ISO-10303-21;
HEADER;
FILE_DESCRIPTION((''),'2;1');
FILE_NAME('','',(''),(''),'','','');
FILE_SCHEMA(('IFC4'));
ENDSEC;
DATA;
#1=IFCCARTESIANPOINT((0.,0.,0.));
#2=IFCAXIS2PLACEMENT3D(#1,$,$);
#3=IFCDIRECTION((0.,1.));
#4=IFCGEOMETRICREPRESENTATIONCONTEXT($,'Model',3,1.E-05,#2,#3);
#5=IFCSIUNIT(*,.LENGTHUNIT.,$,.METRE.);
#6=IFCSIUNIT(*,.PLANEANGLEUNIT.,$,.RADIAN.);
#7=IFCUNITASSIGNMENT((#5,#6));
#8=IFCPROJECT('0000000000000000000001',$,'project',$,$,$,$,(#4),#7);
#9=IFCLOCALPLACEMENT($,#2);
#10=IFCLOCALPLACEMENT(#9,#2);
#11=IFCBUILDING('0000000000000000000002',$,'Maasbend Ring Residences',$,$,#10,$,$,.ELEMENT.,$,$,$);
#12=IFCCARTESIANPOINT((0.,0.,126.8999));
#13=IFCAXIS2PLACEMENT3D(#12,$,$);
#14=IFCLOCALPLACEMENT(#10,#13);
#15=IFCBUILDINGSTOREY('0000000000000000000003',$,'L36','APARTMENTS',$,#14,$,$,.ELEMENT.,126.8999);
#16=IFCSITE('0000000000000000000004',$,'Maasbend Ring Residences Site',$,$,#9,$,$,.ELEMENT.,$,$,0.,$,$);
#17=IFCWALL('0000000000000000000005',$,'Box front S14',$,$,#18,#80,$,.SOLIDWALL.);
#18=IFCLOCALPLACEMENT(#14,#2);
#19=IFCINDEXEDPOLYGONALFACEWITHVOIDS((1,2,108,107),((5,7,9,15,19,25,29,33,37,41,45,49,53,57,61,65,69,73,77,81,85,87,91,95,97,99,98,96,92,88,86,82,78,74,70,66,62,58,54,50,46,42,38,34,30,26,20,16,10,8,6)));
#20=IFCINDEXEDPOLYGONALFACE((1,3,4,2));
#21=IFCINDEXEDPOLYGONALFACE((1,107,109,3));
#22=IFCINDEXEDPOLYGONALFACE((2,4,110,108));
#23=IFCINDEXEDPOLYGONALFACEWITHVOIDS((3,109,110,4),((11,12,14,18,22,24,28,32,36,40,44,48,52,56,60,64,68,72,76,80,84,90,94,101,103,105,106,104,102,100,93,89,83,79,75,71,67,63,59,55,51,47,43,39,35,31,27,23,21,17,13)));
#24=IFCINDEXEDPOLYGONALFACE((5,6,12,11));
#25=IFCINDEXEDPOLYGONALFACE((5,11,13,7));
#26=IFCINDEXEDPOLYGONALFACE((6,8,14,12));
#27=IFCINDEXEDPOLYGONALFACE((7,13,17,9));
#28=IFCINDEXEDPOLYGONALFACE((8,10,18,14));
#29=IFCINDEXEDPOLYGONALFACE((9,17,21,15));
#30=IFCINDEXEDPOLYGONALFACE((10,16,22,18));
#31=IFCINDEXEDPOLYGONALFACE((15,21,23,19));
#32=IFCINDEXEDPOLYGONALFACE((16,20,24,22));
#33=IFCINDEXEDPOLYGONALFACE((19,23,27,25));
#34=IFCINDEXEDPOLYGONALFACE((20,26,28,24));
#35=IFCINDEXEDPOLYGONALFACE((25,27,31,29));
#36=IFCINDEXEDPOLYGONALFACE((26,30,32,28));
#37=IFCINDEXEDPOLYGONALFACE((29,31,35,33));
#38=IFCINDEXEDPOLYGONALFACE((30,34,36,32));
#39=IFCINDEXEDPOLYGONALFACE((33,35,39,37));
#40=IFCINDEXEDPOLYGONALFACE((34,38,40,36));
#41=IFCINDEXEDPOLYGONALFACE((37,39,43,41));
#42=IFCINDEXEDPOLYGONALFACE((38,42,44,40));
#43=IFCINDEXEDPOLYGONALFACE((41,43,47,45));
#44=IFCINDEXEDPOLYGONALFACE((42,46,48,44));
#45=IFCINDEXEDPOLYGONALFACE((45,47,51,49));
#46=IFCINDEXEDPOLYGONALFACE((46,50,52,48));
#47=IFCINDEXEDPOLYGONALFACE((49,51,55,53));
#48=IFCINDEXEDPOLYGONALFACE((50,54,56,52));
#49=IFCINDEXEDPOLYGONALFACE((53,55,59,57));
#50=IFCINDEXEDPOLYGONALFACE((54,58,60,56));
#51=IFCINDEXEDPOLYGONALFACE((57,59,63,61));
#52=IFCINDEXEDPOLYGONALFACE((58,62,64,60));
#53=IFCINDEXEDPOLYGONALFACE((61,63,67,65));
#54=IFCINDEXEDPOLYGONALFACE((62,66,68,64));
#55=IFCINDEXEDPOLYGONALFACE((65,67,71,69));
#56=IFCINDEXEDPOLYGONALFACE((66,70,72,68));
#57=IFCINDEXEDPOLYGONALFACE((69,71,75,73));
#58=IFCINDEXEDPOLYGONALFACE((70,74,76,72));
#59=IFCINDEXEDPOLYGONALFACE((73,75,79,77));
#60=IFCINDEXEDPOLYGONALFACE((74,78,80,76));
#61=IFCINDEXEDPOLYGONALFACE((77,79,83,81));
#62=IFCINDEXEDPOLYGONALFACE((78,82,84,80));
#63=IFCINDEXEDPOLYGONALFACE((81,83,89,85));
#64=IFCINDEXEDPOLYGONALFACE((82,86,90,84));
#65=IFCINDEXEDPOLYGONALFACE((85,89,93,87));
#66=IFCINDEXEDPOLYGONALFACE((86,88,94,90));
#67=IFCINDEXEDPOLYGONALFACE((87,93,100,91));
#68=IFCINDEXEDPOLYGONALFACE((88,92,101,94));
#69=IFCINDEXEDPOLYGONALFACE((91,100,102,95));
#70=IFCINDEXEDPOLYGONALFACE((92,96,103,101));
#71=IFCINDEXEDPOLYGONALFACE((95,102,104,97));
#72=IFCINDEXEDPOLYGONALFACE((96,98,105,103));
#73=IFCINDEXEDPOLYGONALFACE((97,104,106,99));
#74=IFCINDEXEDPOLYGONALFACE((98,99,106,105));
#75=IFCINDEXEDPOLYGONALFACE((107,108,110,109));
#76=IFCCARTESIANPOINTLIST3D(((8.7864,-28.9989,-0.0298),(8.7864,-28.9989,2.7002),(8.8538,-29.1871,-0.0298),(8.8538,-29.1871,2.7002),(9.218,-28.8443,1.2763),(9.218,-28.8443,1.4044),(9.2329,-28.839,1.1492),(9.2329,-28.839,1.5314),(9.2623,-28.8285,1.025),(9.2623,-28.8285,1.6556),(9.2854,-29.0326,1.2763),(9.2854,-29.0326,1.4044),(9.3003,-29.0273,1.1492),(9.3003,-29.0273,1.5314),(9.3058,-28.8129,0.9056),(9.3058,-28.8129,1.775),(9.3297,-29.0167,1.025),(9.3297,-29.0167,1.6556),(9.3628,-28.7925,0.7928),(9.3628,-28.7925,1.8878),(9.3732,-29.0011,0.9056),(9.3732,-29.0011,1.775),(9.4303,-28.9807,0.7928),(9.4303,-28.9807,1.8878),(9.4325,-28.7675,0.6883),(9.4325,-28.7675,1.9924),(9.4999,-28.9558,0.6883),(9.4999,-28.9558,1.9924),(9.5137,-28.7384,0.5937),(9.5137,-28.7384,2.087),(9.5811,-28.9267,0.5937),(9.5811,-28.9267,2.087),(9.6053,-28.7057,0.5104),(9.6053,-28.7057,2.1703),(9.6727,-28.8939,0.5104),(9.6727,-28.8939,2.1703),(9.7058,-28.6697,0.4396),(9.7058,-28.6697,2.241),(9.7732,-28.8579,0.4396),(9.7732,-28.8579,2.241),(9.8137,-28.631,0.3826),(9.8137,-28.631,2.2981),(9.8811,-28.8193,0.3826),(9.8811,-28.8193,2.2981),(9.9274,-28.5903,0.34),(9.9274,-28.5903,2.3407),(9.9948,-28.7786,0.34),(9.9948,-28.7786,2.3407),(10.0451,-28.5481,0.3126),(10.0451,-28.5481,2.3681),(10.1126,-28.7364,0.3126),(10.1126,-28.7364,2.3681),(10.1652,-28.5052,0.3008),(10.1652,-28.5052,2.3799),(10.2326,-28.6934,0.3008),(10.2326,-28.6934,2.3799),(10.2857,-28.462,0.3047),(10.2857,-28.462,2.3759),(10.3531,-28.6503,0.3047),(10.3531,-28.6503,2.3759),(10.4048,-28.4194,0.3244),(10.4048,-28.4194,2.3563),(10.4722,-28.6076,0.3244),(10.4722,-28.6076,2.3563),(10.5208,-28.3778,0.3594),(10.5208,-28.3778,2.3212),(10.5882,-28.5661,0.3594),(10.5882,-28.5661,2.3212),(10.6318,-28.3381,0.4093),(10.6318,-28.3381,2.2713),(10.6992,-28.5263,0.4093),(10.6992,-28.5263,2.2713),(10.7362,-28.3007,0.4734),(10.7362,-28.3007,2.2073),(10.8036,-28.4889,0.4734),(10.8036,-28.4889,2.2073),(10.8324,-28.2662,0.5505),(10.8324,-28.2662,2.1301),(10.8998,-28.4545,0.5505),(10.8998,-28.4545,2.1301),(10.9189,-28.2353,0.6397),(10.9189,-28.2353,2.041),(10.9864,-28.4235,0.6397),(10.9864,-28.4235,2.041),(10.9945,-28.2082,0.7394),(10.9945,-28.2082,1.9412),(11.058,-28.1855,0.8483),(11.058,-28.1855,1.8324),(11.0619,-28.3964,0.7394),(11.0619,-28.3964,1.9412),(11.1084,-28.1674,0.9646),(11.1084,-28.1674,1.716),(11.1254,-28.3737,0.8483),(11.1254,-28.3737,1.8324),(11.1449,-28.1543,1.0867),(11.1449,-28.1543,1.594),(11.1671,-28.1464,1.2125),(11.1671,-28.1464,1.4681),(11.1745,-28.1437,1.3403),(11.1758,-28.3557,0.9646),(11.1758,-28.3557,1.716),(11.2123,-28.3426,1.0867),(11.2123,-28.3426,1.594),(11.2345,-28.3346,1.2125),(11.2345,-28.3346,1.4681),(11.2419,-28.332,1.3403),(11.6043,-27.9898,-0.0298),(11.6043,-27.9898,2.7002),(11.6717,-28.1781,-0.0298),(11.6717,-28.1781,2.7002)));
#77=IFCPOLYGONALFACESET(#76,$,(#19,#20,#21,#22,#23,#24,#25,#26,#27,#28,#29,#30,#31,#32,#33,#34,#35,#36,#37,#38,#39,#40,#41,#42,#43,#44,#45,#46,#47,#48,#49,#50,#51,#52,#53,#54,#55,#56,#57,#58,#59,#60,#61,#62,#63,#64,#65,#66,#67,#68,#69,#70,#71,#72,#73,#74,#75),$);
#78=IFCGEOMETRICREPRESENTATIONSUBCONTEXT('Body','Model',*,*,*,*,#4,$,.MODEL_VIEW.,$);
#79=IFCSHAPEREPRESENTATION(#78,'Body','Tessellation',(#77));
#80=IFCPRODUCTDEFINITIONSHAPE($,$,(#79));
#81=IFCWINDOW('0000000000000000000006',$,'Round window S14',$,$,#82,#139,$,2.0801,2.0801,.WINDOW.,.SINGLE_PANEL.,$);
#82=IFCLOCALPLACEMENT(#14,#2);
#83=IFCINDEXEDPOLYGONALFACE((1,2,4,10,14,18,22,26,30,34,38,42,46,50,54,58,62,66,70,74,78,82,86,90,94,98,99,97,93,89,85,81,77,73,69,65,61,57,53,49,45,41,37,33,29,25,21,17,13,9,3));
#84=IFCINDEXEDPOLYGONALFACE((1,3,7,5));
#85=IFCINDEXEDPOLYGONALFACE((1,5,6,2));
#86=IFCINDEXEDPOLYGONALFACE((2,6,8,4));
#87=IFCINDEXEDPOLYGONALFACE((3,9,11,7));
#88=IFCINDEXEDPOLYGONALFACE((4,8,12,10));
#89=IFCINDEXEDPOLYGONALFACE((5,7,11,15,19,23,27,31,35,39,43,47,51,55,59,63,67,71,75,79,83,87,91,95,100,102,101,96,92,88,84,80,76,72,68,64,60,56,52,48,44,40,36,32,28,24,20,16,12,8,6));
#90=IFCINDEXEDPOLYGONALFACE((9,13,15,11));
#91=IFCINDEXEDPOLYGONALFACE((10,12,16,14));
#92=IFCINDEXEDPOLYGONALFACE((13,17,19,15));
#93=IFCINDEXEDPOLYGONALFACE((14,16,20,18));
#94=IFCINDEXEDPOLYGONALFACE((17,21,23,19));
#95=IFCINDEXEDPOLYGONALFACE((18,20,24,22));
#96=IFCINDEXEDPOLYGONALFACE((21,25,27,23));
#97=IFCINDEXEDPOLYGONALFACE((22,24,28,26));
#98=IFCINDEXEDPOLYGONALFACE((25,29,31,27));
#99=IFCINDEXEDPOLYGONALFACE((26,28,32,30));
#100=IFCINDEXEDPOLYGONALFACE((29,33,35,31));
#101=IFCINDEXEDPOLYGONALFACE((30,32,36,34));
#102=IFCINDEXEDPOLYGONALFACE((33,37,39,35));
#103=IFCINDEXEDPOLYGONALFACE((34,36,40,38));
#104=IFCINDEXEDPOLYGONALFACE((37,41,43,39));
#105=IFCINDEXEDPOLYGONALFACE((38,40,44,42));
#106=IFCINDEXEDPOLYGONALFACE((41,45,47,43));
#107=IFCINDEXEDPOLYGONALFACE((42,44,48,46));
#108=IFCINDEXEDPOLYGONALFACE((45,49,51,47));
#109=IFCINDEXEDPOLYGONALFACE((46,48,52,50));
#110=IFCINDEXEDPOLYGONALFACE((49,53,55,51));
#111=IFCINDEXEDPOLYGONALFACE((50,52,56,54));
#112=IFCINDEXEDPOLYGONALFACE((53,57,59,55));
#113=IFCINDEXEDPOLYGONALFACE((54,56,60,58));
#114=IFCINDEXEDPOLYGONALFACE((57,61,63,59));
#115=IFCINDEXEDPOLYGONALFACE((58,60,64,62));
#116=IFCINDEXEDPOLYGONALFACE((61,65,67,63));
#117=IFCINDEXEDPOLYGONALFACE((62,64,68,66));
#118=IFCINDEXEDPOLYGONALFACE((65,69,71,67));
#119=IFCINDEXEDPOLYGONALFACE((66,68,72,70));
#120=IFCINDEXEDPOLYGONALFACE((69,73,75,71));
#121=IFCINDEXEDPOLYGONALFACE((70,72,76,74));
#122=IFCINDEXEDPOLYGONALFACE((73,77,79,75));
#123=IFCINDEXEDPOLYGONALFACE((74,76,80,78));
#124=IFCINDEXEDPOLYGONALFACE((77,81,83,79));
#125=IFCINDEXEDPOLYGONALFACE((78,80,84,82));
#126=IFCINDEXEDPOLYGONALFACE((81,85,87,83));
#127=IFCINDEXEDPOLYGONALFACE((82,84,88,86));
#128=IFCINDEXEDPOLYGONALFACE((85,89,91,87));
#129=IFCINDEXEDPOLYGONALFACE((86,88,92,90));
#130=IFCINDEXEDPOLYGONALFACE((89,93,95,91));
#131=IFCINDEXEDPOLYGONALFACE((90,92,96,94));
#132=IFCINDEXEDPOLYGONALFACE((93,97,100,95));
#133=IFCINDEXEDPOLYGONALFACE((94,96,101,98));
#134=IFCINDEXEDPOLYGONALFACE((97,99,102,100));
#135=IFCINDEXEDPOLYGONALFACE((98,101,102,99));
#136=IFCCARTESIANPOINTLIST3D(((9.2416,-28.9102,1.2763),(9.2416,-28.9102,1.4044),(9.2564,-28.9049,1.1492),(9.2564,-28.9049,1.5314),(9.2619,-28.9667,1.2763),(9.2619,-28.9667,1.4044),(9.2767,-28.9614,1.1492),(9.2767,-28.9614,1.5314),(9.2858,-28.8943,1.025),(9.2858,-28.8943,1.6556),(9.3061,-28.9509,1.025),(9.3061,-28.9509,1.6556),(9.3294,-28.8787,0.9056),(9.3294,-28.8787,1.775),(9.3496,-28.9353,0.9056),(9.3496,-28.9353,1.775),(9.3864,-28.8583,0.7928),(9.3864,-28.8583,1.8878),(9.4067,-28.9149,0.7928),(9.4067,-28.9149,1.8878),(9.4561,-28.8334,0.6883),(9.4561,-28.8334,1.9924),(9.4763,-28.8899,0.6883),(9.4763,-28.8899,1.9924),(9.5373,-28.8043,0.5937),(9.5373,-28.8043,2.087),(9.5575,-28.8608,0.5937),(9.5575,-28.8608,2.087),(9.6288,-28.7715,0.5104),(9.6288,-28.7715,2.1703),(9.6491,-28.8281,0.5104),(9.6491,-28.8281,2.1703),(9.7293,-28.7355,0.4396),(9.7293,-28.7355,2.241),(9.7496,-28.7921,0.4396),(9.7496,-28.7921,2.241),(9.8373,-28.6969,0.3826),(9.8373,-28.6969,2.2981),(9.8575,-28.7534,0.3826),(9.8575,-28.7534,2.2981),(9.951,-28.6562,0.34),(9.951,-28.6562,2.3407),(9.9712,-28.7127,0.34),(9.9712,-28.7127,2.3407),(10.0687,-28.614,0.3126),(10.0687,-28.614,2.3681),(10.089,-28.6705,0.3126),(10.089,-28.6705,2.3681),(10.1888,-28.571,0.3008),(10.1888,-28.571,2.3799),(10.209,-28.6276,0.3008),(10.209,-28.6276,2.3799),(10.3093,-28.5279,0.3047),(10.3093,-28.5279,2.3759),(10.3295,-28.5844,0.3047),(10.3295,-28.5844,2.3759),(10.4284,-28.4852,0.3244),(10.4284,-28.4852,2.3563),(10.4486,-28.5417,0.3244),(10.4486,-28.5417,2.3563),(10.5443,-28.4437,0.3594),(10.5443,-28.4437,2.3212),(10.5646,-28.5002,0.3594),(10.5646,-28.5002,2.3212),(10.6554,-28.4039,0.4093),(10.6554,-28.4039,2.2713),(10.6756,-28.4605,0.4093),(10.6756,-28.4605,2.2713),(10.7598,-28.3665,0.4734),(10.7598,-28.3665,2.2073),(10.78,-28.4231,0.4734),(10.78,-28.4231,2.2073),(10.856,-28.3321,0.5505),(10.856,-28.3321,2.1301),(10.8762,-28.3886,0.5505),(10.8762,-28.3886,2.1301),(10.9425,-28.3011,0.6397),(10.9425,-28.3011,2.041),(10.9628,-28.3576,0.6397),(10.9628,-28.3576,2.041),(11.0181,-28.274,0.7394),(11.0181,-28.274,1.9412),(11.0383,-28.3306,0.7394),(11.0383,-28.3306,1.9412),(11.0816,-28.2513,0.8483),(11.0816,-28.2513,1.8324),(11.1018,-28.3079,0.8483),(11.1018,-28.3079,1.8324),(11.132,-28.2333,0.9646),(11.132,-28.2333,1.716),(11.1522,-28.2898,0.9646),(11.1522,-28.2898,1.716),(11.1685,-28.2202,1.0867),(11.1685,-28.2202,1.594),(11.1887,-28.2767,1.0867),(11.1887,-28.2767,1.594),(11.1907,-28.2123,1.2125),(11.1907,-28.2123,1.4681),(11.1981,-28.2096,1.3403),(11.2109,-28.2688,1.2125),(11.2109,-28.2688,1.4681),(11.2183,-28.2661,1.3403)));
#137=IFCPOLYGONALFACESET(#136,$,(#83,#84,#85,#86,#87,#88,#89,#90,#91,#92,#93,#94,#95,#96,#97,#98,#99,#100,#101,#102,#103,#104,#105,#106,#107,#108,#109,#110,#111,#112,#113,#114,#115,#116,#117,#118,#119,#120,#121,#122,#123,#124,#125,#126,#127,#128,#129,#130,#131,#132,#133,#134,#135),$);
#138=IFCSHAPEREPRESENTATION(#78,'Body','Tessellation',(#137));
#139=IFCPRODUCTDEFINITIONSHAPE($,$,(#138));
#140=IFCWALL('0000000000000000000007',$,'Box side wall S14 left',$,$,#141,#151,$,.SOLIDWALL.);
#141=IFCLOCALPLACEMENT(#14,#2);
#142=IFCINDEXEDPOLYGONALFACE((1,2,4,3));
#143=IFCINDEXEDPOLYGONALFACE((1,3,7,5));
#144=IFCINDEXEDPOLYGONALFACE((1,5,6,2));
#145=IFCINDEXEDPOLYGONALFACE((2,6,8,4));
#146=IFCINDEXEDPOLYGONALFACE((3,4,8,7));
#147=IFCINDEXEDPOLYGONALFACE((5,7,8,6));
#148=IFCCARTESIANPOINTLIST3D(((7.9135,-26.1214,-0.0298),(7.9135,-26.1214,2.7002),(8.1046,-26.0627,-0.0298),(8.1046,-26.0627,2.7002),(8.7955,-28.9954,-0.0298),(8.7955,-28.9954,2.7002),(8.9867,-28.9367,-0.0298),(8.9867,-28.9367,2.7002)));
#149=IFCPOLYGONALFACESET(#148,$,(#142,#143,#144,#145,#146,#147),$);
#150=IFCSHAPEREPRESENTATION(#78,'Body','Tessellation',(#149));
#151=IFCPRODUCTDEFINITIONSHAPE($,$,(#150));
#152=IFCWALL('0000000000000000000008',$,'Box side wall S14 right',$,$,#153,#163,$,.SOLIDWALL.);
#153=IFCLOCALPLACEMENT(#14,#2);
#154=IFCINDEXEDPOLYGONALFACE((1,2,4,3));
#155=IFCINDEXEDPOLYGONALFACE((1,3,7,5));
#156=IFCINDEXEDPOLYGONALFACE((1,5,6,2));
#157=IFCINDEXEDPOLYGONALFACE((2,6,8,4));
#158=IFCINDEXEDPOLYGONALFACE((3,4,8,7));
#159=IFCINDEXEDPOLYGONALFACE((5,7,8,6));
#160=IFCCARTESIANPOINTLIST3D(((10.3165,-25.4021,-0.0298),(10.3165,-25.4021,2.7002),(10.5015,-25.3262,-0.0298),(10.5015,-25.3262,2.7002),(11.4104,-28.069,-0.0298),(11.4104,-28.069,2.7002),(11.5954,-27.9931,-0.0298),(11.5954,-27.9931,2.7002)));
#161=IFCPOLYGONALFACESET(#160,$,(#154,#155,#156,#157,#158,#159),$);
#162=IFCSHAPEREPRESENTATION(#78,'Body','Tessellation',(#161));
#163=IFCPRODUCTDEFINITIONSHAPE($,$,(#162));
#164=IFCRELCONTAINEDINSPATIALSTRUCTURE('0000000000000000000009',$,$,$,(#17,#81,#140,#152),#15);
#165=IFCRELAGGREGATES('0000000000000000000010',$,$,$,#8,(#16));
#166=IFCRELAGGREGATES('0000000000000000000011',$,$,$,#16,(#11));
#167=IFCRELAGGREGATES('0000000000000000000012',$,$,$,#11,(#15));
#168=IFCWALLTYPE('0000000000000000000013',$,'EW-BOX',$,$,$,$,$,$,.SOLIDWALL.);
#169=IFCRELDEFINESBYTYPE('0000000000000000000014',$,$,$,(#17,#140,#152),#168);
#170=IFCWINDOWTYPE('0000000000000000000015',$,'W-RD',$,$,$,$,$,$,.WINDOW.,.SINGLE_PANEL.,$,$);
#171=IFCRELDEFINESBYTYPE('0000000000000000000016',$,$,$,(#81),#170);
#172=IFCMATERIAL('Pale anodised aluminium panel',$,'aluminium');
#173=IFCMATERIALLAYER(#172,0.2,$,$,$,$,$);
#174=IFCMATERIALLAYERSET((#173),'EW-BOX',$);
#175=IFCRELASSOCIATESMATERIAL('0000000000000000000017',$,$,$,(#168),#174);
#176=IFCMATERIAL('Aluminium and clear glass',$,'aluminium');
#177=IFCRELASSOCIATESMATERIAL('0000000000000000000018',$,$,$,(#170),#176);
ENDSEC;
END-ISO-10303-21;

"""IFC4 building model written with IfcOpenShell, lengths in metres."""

from ifc_helpers import new_model, si_unit, direction, frame, frame_2d, origin, place, context, subcontext, project, spatial, rectangle, circle, extrude, material, layer, layer_set, type_object, element, fill, save


model = new_model("IFC4")

# Units and contexts
model_context = context("Model", 3, precision=1e-05, world=origin(), true_north=direction((0.0, 1.0)))
body_context = subcontext(model_context, "Body", "Model", "MODEL_VIEW")
ifc_project = project(units=[si_unit("LENGTHUNIT", "METRE"), si_unit("PLANEANGLEUNIT", "RADIAN")], contexts=[model_context])

# Site, building, storey
site_placement = place(None, origin())
site = spatial("IfcSite", under=ifc_project, at=site_placement, Name="Maasbend Ring Residences Site", CompositionType="ELEMENT", RefElevation=0.0)
building_placement = place(site_placement, origin())
building = spatial("IfcBuilding", under=site, at=building_placement, Name="Maasbend Ring Residences", CompositionType="ELEMENT")
storey_placement = place(building_placement, frame((0.0, 0.0, 126.8999)))
storey = spatial("IfcBuildingStorey", under=building, at=storey_placement, Name="L36", Description="APARTMENTS", CompositionType="ELEMENT", Elevation=126.8999)

# Shared definitions
ifc_material_1 = material(Name="Pale anodised aluminium panel", Category="aluminium")
ifc_layer_1 = layer(ifc_material_1, 0.2)
ifc_layer_set_1 = layer_set([ifc_layer_1], Name="EW-BOX")
wall_type_1 = type_object("IfcWallType", Name="EW-BOX", PredefinedType="SOLIDWALL", material=ifc_layer_set_1)
ifc_material_2 = material(Name="Aluminium and clear glass", Category="aluminium")
window_type_1 = type_object("IfcWindowType", Name="W-RD", PartitioningType="SINGLE_PANEL", PredefinedType="WINDOW", material=ifc_material_2)

# Wall, opening, window
wall_1_placement = place(storey_placement, frame((8.8201, -29.093, -0.0298), z_axis=(0.0, 0.0, 1.0), x_axis=(0.941461, 0.337122, 0.0)))
wall_1 = element("IfcWall", 1, at=wall_1_placement, inside=storey, type_object=wall_type_1, Name="Box front S14", PredefinedType="SOLIDWALL", context=body_context, shape_type="SweptSolid", body=[
    extrude(rectangle(XDim=2.9932, YDim=0.2, at=frame_2d((1.4966, 0.0))), origin(), (0.0, 0.0, 1.0), 2.73),
])
opening_1_placement = place(wall_1_placement, frame((0.4565, 0.0, 0.3301)))
opening_1 = element("IfcOpeningElement", 2, at=opening_1_placement, cuts=wall_1, PredefinedType="OPENING", context=body_context, shape_type="SweptSolid", body=[
    extrude(circle(Radius=1.04, at=frame_2d((1.04, 1.04))), frame((0.0, 0.1099, 0.0), z_axis=(0.0, -1.0, 0.0), x_axis=(1.0, 0.0, 0.0)), (0.0, 0.0, 1.0), 0.22),
])
window_1_placement = place(opening_1_placement, origin())
window_1 = element("IfcWindow", 3, at=window_1_placement, inside=storey, type_object=window_type_1, Name="Round window S14", OverallHeight=2.0801, OverallWidth=2.0801, PartitioningType="SINGLE_PANEL", PredefinedType="WINDOW", context=body_context, shape_type="SweptSolid", body=[
    extrude(circle(Radius=1.04, at=frame_2d((1.04, 1.04))), frame((0.0, 0.03, 0.0), z_axis=(0.0, -1.0, 0.0), x_axis=(1.0, 0.0, 0.0)), (0.0, 0.0, 1.0), 0.0601),
])
fill(opening_1, window_1)

# Walls
wall_2_placement = place(storey_placement, frame((8.009, -26.092, -0.0298), z_axis=(0.0, 0.0, 1.0), x_axis=(0.293407, -0.955988, 0.0)))
element("IfcWall", 4, at=wall_2_placement, inside=storey, type_object=wall_type_1, Name="Box side wall S14 left", PredefinedType="SOLIDWALL", context=body_context, shape_type="SweptSolid", body=[
    extrude(rectangle(XDim=3.0063, YDim=0.2, at=frame_2d((1.5032, 0.0))), origin(), (0.0, 0.0, 1.0), 2.73),
])
wall_3_placement = place(storey_placement, frame((10.4089, -25.364, -0.0298), z_axis=(0.0, 0.0, 1.0), x_axis=(0.37951, -0.925188, 0.0)))
element("IfcWall", 5, at=wall_3_placement, inside=storey, type_object=wall_type_1, Name="Box side wall S14 right", PredefinedType="SOLIDWALL", context=body_context, shape_type="SweptSolid", body=[
    extrude(rectangle(XDim=2.8826, YDim=0.2, at=frame_2d((1.4414, 0.0))), origin(), (0.0, 0.0, 1.0), 2.73),
])

save(model, "model.ifc")
